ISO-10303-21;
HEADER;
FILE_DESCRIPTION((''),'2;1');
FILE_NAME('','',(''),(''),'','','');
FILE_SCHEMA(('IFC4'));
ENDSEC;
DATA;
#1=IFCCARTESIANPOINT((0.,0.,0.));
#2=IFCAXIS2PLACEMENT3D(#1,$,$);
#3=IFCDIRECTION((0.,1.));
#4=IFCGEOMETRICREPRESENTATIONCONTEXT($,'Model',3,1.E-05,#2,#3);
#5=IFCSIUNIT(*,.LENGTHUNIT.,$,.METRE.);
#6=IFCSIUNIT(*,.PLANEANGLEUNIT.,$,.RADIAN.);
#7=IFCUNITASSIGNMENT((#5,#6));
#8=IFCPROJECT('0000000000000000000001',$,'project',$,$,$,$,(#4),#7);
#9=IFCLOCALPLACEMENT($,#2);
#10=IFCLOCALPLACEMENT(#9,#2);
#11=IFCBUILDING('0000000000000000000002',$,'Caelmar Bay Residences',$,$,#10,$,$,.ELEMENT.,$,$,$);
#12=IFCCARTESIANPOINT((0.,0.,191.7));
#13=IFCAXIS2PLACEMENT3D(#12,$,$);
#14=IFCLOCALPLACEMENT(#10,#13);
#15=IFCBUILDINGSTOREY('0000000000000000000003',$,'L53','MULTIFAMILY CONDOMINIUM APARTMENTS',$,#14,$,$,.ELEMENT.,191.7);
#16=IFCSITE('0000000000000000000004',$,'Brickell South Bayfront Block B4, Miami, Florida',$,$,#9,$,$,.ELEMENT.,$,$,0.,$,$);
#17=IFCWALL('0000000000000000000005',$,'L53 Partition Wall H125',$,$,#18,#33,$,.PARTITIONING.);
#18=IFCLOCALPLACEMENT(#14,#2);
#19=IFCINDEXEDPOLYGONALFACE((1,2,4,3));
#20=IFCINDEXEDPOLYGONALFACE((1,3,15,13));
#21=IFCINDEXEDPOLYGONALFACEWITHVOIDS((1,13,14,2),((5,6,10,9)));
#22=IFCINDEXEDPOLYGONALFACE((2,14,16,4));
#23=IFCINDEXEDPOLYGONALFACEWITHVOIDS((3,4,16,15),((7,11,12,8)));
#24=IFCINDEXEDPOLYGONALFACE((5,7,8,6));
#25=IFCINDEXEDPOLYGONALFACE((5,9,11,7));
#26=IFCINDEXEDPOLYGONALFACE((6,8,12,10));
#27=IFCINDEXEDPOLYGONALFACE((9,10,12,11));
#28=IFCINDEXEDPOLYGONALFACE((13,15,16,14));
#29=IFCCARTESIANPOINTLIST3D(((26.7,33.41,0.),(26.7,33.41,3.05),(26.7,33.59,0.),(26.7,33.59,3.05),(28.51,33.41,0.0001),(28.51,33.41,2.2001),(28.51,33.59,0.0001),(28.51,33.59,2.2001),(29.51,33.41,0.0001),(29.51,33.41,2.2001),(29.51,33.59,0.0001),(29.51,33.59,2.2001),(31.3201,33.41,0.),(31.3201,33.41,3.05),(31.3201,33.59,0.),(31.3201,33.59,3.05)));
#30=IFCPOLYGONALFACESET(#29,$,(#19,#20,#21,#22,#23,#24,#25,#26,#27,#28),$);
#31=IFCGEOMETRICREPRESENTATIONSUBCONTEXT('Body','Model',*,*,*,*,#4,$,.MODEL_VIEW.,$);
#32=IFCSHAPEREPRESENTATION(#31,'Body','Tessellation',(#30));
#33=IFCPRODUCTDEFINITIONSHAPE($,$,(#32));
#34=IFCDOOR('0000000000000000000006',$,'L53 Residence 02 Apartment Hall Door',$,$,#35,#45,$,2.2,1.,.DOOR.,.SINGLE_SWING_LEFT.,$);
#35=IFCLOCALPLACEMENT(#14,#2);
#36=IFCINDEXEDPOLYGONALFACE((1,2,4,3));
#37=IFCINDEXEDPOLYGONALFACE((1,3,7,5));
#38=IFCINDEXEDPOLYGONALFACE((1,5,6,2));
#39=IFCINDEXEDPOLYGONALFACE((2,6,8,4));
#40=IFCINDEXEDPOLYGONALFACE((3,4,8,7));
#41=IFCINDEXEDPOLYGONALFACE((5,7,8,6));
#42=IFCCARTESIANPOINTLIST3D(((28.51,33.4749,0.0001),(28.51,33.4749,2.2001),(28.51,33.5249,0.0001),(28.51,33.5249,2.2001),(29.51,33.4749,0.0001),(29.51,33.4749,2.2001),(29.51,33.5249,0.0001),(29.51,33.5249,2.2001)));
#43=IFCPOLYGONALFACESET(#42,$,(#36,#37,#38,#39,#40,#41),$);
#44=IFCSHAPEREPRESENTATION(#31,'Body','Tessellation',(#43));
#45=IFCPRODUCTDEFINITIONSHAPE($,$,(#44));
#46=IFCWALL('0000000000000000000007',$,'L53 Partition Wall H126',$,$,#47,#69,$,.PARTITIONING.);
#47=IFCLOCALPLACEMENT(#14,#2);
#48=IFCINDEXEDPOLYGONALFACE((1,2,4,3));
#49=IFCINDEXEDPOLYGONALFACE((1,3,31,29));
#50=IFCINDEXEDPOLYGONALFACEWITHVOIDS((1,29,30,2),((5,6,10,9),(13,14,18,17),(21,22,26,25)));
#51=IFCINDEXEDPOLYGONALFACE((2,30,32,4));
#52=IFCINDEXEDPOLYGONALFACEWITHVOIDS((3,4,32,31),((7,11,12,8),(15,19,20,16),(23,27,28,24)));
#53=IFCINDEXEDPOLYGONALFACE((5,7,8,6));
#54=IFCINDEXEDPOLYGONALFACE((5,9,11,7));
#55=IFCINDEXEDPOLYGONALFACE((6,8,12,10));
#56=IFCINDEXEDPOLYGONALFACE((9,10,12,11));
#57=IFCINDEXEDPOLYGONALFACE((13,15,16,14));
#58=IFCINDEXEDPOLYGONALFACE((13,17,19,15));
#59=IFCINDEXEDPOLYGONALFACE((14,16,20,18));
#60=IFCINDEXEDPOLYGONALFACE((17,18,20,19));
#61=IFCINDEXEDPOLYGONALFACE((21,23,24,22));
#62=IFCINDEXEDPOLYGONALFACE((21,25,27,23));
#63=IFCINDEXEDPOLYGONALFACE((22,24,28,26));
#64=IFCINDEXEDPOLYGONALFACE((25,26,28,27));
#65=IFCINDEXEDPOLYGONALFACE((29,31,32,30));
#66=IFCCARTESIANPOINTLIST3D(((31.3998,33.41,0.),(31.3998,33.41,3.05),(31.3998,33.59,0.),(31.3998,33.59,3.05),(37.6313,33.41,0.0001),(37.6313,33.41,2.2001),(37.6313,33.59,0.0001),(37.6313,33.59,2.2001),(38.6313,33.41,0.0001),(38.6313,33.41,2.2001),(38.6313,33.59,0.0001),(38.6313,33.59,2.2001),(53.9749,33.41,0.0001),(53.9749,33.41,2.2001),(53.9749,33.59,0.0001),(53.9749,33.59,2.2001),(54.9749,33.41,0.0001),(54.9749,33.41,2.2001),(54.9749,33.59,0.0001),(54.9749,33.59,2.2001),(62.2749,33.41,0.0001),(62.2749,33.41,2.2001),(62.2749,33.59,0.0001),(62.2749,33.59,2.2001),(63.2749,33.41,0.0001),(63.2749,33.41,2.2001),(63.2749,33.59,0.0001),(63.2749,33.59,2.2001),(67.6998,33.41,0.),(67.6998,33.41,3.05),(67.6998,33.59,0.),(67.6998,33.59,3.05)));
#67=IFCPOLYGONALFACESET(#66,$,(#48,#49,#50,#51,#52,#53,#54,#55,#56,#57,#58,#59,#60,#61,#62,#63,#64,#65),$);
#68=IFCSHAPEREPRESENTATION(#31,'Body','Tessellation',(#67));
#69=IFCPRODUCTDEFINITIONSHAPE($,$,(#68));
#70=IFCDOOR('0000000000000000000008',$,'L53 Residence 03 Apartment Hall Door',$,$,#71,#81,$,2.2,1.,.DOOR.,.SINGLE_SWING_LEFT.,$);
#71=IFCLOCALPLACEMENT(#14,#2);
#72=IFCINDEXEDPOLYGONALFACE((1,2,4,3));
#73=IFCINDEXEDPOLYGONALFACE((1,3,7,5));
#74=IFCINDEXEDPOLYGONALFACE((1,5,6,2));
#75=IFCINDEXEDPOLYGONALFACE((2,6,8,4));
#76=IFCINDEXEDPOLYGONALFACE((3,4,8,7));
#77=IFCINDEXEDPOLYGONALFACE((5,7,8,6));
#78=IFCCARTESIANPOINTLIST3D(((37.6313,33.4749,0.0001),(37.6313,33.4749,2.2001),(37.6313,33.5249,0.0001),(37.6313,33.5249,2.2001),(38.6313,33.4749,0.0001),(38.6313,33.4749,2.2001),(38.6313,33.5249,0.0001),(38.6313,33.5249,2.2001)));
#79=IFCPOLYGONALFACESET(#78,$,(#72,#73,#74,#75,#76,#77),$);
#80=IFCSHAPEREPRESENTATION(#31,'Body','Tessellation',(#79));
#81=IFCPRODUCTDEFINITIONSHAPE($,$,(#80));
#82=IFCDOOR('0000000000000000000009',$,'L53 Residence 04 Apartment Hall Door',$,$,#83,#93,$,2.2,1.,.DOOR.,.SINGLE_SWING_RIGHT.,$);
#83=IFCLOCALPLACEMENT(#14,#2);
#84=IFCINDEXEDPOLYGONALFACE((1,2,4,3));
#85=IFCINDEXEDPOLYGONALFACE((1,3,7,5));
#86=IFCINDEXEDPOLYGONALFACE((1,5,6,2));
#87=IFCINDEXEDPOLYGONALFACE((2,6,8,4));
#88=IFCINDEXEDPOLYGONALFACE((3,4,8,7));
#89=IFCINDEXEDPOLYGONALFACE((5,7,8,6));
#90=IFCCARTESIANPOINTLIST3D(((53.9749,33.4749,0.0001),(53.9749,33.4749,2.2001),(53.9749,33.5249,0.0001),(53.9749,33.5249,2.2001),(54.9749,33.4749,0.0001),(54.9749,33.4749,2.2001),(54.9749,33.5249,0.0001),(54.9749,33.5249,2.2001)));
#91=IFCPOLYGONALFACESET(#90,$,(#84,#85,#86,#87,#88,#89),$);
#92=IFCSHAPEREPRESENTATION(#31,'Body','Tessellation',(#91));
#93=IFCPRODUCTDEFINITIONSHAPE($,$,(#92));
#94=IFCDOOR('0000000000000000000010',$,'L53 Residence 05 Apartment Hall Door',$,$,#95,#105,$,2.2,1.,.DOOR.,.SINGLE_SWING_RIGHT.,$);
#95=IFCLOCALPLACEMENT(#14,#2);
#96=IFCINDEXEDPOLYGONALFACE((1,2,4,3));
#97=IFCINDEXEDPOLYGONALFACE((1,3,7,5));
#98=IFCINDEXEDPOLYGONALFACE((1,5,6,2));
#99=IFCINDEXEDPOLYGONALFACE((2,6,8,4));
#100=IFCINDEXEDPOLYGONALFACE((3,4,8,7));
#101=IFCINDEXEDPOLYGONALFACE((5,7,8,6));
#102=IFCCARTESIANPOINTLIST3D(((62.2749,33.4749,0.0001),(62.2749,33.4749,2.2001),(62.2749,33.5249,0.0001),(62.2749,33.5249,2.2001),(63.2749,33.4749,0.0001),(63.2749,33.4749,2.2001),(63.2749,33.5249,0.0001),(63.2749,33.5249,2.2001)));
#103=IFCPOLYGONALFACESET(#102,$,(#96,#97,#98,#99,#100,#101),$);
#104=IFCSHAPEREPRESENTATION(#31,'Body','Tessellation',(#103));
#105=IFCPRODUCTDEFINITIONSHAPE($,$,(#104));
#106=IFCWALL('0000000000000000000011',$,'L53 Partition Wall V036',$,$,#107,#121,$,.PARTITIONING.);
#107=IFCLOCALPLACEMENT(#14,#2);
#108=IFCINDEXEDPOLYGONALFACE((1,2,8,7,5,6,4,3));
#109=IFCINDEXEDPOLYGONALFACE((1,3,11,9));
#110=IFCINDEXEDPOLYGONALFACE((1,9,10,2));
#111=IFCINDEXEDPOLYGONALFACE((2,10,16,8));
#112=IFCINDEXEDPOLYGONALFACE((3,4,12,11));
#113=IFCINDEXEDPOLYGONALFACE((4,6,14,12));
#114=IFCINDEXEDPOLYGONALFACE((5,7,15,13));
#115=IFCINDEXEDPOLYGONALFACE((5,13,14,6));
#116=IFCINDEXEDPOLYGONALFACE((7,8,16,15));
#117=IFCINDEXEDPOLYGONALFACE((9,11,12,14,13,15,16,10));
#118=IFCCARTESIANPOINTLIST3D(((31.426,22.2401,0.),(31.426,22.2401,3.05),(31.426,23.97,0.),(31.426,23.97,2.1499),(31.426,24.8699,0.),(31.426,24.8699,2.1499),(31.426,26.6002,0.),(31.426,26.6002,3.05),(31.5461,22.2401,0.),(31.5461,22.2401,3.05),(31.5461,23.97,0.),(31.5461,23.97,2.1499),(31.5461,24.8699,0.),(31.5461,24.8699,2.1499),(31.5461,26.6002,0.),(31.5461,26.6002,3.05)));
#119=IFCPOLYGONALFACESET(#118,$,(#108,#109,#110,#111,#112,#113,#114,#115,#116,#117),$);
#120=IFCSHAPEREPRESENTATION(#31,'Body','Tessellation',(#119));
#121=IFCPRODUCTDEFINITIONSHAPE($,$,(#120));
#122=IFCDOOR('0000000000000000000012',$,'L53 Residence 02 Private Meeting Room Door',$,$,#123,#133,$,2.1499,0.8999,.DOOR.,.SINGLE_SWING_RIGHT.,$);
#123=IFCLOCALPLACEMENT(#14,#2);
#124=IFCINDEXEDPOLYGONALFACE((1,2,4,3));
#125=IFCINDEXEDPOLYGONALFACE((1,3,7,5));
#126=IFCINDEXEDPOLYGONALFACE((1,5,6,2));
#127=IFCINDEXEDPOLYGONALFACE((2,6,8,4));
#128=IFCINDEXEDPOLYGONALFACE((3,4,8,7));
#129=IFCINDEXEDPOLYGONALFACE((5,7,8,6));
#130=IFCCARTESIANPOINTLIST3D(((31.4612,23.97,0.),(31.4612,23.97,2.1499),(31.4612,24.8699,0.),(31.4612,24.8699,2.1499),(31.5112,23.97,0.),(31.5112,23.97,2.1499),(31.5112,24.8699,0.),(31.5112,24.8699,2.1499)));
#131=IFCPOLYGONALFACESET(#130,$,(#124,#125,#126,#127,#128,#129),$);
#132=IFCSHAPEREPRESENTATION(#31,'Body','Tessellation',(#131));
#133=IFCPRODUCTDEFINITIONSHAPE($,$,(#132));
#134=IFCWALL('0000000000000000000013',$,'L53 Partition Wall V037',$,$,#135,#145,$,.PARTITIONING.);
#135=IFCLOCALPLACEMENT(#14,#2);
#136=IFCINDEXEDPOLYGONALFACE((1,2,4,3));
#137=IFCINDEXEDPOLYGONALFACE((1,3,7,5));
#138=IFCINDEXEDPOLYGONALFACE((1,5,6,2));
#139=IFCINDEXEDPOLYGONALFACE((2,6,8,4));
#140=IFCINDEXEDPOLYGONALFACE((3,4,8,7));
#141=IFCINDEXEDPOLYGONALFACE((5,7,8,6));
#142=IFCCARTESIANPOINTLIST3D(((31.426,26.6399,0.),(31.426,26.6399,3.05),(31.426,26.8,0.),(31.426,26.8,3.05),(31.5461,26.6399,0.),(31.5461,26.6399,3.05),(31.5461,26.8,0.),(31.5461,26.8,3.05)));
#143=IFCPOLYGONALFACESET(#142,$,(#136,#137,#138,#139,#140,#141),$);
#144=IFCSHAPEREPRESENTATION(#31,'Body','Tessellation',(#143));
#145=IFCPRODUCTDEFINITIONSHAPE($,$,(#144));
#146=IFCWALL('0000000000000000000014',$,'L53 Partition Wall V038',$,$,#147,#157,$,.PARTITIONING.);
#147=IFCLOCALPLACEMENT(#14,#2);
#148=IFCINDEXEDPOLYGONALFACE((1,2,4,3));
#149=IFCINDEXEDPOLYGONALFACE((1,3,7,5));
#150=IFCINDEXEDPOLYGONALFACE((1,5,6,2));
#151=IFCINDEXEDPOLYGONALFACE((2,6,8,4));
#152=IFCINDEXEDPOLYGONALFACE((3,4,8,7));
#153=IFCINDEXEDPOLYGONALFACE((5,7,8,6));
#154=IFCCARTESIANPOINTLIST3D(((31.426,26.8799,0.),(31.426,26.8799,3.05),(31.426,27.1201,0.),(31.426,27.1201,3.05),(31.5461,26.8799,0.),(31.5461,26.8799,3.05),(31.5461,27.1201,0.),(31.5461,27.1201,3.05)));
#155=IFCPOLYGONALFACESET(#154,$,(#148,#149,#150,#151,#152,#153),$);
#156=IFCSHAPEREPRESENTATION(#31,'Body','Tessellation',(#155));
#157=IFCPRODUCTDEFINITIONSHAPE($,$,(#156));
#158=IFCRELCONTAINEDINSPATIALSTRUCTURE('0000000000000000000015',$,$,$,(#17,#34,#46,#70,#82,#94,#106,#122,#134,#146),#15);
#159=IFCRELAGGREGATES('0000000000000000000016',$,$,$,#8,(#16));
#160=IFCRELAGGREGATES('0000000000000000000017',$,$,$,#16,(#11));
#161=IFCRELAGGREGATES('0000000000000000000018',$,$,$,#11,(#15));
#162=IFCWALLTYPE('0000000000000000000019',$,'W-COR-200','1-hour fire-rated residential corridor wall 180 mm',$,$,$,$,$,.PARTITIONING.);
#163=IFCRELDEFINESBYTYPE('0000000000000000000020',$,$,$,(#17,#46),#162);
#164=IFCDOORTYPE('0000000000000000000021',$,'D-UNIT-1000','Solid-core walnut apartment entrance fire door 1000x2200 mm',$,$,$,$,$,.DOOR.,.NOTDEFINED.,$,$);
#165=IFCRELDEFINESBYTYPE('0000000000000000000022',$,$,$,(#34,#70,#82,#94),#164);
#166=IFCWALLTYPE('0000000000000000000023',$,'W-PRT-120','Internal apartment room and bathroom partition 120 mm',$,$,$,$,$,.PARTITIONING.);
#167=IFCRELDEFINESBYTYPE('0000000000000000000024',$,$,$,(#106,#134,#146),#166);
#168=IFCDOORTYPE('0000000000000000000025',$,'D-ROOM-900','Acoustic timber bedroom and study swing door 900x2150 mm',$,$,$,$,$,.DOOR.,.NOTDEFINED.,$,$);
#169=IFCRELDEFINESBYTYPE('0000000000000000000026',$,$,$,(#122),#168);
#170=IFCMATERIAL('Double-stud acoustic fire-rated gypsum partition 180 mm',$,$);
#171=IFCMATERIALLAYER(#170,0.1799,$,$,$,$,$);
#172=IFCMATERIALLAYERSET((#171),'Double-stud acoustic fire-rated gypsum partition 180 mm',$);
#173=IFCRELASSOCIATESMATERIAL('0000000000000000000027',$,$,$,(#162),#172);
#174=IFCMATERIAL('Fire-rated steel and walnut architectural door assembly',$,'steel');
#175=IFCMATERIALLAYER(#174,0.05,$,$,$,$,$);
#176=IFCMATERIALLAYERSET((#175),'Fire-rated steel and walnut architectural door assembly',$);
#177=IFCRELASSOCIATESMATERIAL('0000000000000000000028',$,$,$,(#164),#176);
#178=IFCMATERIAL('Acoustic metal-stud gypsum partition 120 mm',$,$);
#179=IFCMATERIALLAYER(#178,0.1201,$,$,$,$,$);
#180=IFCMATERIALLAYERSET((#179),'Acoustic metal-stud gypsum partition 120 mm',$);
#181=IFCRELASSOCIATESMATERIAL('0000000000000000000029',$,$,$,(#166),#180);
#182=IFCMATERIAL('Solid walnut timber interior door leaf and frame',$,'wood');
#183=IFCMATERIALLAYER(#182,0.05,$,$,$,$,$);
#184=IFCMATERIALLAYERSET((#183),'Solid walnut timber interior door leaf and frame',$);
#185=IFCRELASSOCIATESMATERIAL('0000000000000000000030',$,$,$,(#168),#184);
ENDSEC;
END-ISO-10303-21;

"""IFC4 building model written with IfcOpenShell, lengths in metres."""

from ifc_helpers import new_model, si_unit, direction, frame, frame_2d, origin, place, context, subcontext, project, spatial, rectangle, extrude, material, layer, layer_set, type_object, element, fill, save


model = new_model("IFC4")

# Units and contexts
model_context = context("Model", 3, precision=1e-05, world=origin(), true_north=direction((0.0, 1.0)))
body_context = subcontext(model_context, "Body", "Model", "MODEL_VIEW")
ifc_project = project(units=[si_unit("LENGTHUNIT", "METRE"), si_unit("PLANEANGLEUNIT", "RADIAN")], contexts=[model_context])

# Site, building, storey
site_placement = place(None, origin())
site = spatial("IfcSite", under=ifc_project, at=site_placement, Name="Brickell South Bayfront Block B4, Miami, Florida", CompositionType="ELEMENT", RefElevation=0.0)
building_placement = place(site_placement, origin())
building = spatial("IfcBuilding", under=site, at=building_placement, Name="Caelmar Bay Residences", CompositionType="ELEMENT")
storey_placement = place(building_placement, frame((0.0, 0.0, 191.7)))
storey = spatial("IfcBuildingStorey", under=building, at=storey_placement, Name="L53", Description="MULTIFAMILY CONDOMINIUM APARTMENTS", CompositionType="ELEMENT", Elevation=191.7)

# Wall, opening, door
ifc_material_1 = material(Name="Double-stud acoustic fire-rated gypsum partition 180 mm")
ifc_layer_1 = layer(ifc_material_1, 0.1799)
ifc_layer_set_1 = layer_set([ifc_layer_1], Name="Double-stud acoustic fire-rated gypsum partition 180 mm")
wall_type_1 = type_object("IfcWallType", Name="W-COR-200", Description="1-hour fire-rated residential corridor wall 180 mm", PredefinedType="PARTITIONING", material=ifc_layer_set_1)
wall_1_placement = place(storey_placement, frame((26.7, 33.5, 0.0), z_axis=(0.0, 0.0, 1.0), x_axis=(1.0, 0.0, 0.0)))
wall_1 = element("IfcWall", 1, at=wall_1_placement, inside=storey, type_object=wall_type_1, Name="L53 Partition Wall H125", PredefinedType="PARTITIONING", context=body_context, shape_type="SweptSolid", body=[
    extrude(rectangle(XDim=4.6201, YDim=0.1799, at=frame_2d((2.3101, 0.0))), origin(), (0.0, 0.0, 1.0), 3.05),
])
opening_1_placement = place(wall_1_placement, frame((1.8101, 0.0, 0.0)))
opening_1 = element("IfcOpeningElement", 2, at=opening_1_placement, cuts=wall_1, PredefinedType="OPENING", context=body_context, shape_type="SweptSolid", body=[
    extrude(rectangle(XDim=1.0, YDim=2.2, at=frame_2d((0.5, 1.1001))), frame((0.0, 0.0999, 0.0), z_axis=(0.0, -1.0, 0.0), x_axis=(1.0, 0.0, 0.0)), (0.0, 0.0, 1.0), 0.2),
])
ifc_material_2 = material(Name="Fire-rated steel and walnut architectural door assembly", Category="steel")
ifc_layer_2 = layer(ifc_material_2, 0.05)
ifc_layer_set_2 = layer_set([ifc_layer_2], Name="Fire-rated steel and walnut architectural door assembly")
door_type_1 = type_object("IfcDoorType", Name="D-UNIT-1000", Description="Solid-core walnut apartment entrance fire door 1000x2200 mm", OperationType="NOTDEFINED", PredefinedType="DOOR", material=ifc_layer_set_2)
door_1_placement = place(opening_1_placement, origin())
door_1 = element("IfcDoor", 3, at=door_1_placement, inside=storey, type_object=door_type_1, Name="L53 Residence 02 Apartment Hall Door", OperationType="SINGLE_SWING_LEFT", OverallHeight=2.2, OverallWidth=1.0, PredefinedType="DOOR", context=body_context, shape_type="SweptSolid", body=[
    extrude(rectangle(XDim=1.0, YDim=2.2, at=frame_2d((0.5, 1.1001))), frame((0.0, 0.0249, 0.0), z_axis=(0.0, -1.0, 0.0), x_axis=(1.0, 0.0, 0.0)), (0.0, 0.0, 1.0), 0.05),
])
fill(opening_1, door_1)

# Wall, openings, doors
wall_2_placement = place(storey_placement, frame((31.3999, 33.5, 0.0), z_axis=(0.0, 0.0, 1.0), x_axis=(1.0, 0.0, 0.0)))
wall_2 = element("IfcWall", 4, at=wall_2_placement, inside=storey, type_object=wall_type_1, Name="L53 Partition Wall H126", PredefinedType="PARTITIONING", context=body_context, shape_type="SweptSolid", body=[
    extrude(rectangle(XDim=36.3, YDim=0.1799, at=frame_2d((18.1499, 0.0))), origin(), (0.0, 0.0, 1.0), 3.05),
])
opening_2_placement = place(wall_2_placement, frame((6.2314, 0.0, 0.0)))
opening_2 = element("IfcOpeningElement", 5, at=opening_2_placement, cuts=wall_2, PredefinedType="OPENING", context=body_context, shape_type="SweptSolid", body=[
    extrude(rectangle(XDim=1.0, YDim=2.2, at=frame_2d((0.5, 1.1001))), frame((0.0, 0.0999, 0.0), z_axis=(0.0, -1.0, 0.0), x_axis=(1.0, 0.0, 0.0)), (0.0, 0.0, 1.0), 0.2),
])
opening_3_placement = place(wall_2_placement, frame((22.575, 0.0, 0.0)))
opening_3 = element("IfcOpeningElement", 6, at=opening_3_placement, cuts=wall_2, PredefinedType="OPENING", context=body_context, shape_type="SweptSolid", body=[
    extrude(rectangle(XDim=1.0, YDim=2.2, at=frame_2d((0.5, 1.1001))), frame((0.0, 0.0999, 0.0), z_axis=(0.0, -1.0, 0.0), x_axis=(1.0, 0.0, 0.0)), (0.0, 0.0, 1.0), 0.2),
])
opening_4_placement = place(wall_2_placement, frame((30.875, 0.0, 0.0)))
opening_4 = element("IfcOpeningElement", 7, at=opening_4_placement, cuts=wall_2, PredefinedType="OPENING", context=body_context, shape_type="SweptSolid", body=[
    extrude(rectangle(XDim=1.0, YDim=2.2, at=frame_2d((0.5, 1.1001))), frame((0.0, 0.0999, 0.0), z_axis=(0.0, -1.0, 0.0), x_axis=(1.0, 0.0, 0.0)), (0.0, 0.0, 1.0), 0.2),
])
door_2_placement = place(opening_2_placement, origin())
door_2 = element("IfcDoor", 8, at=door_2_placement, inside=storey, type_object=door_type_1, Name="L53 Residence 03 Apartment Hall Door", OperationType="SINGLE_SWING_LEFT", OverallHeight=2.2, OverallWidth=1.0, PredefinedType="DOOR", context=body_context, shape_type="SweptSolid", body=[
    extrude(rectangle(XDim=1.0, YDim=2.2, at=frame_2d((0.5, 1.1001))), frame((0.0, 0.0249, 0.0), z_axis=(0.0, -1.0, 0.0), x_axis=(1.0, 0.0, 0.0)), (0.0, 0.0, 1.0), 0.05),
])
fill(opening_2, door_2)
door_3_placement = place(opening_3_placement, origin())
door_3 = element("IfcDoor", 9, at=door_3_placement, inside=storey, type_object=door_type_1, Name="L53 Residence 04 Apartment Hall Door", OperationType="SINGLE_SWING_RIGHT", OverallHeight=2.2, OverallWidth=1.0, PredefinedType="DOOR", context=body_context, shape_type="SweptSolid", body=[
    extrude(rectangle(XDim=1.0, YDim=2.2, at=frame_2d((0.5, 1.1001))), frame((0.0, 0.0249, 0.0), z_axis=(0.0, -1.0, 0.0), x_axis=(1.0, 0.0, 0.0)), (0.0, 0.0, 1.0), 0.05),
])
fill(opening_3, door_3)
door_4_placement = place(opening_4_placement, origin())
door_4 = element("IfcDoor", 10, at=door_4_placement, inside=storey, type_object=door_type_1, Name="L53 Residence 05 Apartment Hall Door", OperationType="SINGLE_SWING_RIGHT", OverallHeight=2.2, OverallWidth=1.0, PredefinedType="DOOR", context=body_context, shape_type="SweptSolid", body=[
    extrude(rectangle(XDim=1.0, YDim=2.2, at=frame_2d((0.5, 1.1001))), frame((0.0, 0.0249, 0.0), z_axis=(0.0, -1.0, 0.0), x_axis=(1.0, 0.0, 0.0)), (0.0, 0.0, 1.0), 0.05),
])
fill(opening_4, door_4)

# Wall, opening, door
ifc_material_3 = material(Name="Acoustic metal-stud gypsum partition 120 mm")
ifc_layer_3 = layer(ifc_material_3, 0.1201)
ifc_layer_set_3 = layer_set([ifc_layer_3], Name="Acoustic metal-stud gypsum partition 120 mm")
wall_type_2 = type_object("IfcWallType", Name="W-PRT-120", Description="Internal apartment room and bathroom partition 120 mm", PredefinedType="PARTITIONING", material=ifc_layer_set_3)
wall_3_placement = place(storey_placement, frame((31.4861, 22.24, 0.0), z_axis=(0.0, 0.0, 1.0), x_axis=(0.0, 1.0, 0.0)))
wall_3 = element("IfcWall", 11, at=wall_3_placement, inside=storey, type_object=wall_type_2, Name="L53 Partition Wall V036", PredefinedType="PARTITIONING", context=body_context, shape_type="SweptSolid", body=[
    extrude(rectangle(XDim=4.3601, YDim=0.1201, at=frame_2d((2.1802, 0.0))), origin(), (0.0, 0.0, 1.0), 3.05),
])
opening_5_placement = place(wall_3_placement, frame((1.73, 0.0, 0.0)))
opening_5 = element("IfcOpeningElement", 12, at=opening_5_placement, cuts=wall_3, PredefinedType="OPENING", context=body_context, shape_type="SweptSolid", body=[
    extrude(rectangle(XDim=0.8999, YDim=2.1499, at=frame_2d((0.45, 1.075))), frame((0.0, 0.0701, 0.0), z_axis=(0.0, -1.0, 0.0), x_axis=(1.0, 0.0, 0.0)), (0.0, 0.0, 1.0), 0.1401),
])
ifc_material_4 = material(Name="Solid walnut timber interior door leaf and frame", Category="wood")
ifc_layer_4 = layer(ifc_material_4, 0.05)
ifc_layer_set_4 = layer_set([ifc_layer_4], Name="Solid walnut timber interior door leaf and frame")
door_type_2 = type_object("IfcDoorType", Name="D-ROOM-900", Description="Acoustic timber bedroom and study swing door 900x2150 mm", OperationType="NOTDEFINED", PredefinedType="DOOR", material=ifc_layer_set_4)
door_5_placement = place(opening_5_placement, origin())
door_5 = element("IfcDoor", 13, at=door_5_placement, inside=storey, type_object=door_type_2, Name="L53 Residence 02 Private Meeting Room Door", OperationType="SINGLE_SWING_RIGHT", OverallHeight=2.1499, OverallWidth=0.8999, PredefinedType="DOOR", context=body_context, shape_type="SweptSolid", body=[
    extrude(rectangle(XDim=0.8999, YDim=2.1499, at=frame_2d((0.45, 1.075))), frame((0.0, 0.0249, 0.0), z_axis=(0.0, -1.0, 0.0), x_axis=(1.0, 0.0, 0.0)), (0.0, 0.0, 1.0), 0.05),
])
fill(opening_5, door_5)

# Walls
wall_4_placement = place(storey_placement, frame((31.4861, 26.6399, 0.0), z_axis=(0.0, 0.0, 1.0), x_axis=(0.0, 1.0, 0.0)))
element("IfcWall", 14, at=wall_4_placement, inside=storey, type_object=wall_type_2, Name="L53 Partition Wall V037", PredefinedType="PARTITIONING", context=body_context, shape_type="SweptSolid", body=[
    extrude(rectangle(XDim=0.1602, YDim=0.1201, at=frame_2d((0.0801, 0.0))), origin(), (0.0, 0.0, 1.0), 3.05),
])
wall_5_placement = place(storey_placement, frame((31.4861, 26.8799, 0.0), z_axis=(0.0, 0.0, 1.0), x_axis=(0.0, 1.0, 0.0)))
element("IfcWall", 15, at=wall_5_placement, inside=storey, type_object=wall_type_2, Name="L53 Partition Wall V038", PredefinedType="PARTITIONING", context=body_context, shape_type="SweptSolid", body=[
    extrude(rectangle(XDim=0.2402, YDim=0.1201, at=frame_2d((0.1201, 0.0))), origin(), (0.0, 0.0, 1.0), 3.05),
])

save(model, "model.ifc")
